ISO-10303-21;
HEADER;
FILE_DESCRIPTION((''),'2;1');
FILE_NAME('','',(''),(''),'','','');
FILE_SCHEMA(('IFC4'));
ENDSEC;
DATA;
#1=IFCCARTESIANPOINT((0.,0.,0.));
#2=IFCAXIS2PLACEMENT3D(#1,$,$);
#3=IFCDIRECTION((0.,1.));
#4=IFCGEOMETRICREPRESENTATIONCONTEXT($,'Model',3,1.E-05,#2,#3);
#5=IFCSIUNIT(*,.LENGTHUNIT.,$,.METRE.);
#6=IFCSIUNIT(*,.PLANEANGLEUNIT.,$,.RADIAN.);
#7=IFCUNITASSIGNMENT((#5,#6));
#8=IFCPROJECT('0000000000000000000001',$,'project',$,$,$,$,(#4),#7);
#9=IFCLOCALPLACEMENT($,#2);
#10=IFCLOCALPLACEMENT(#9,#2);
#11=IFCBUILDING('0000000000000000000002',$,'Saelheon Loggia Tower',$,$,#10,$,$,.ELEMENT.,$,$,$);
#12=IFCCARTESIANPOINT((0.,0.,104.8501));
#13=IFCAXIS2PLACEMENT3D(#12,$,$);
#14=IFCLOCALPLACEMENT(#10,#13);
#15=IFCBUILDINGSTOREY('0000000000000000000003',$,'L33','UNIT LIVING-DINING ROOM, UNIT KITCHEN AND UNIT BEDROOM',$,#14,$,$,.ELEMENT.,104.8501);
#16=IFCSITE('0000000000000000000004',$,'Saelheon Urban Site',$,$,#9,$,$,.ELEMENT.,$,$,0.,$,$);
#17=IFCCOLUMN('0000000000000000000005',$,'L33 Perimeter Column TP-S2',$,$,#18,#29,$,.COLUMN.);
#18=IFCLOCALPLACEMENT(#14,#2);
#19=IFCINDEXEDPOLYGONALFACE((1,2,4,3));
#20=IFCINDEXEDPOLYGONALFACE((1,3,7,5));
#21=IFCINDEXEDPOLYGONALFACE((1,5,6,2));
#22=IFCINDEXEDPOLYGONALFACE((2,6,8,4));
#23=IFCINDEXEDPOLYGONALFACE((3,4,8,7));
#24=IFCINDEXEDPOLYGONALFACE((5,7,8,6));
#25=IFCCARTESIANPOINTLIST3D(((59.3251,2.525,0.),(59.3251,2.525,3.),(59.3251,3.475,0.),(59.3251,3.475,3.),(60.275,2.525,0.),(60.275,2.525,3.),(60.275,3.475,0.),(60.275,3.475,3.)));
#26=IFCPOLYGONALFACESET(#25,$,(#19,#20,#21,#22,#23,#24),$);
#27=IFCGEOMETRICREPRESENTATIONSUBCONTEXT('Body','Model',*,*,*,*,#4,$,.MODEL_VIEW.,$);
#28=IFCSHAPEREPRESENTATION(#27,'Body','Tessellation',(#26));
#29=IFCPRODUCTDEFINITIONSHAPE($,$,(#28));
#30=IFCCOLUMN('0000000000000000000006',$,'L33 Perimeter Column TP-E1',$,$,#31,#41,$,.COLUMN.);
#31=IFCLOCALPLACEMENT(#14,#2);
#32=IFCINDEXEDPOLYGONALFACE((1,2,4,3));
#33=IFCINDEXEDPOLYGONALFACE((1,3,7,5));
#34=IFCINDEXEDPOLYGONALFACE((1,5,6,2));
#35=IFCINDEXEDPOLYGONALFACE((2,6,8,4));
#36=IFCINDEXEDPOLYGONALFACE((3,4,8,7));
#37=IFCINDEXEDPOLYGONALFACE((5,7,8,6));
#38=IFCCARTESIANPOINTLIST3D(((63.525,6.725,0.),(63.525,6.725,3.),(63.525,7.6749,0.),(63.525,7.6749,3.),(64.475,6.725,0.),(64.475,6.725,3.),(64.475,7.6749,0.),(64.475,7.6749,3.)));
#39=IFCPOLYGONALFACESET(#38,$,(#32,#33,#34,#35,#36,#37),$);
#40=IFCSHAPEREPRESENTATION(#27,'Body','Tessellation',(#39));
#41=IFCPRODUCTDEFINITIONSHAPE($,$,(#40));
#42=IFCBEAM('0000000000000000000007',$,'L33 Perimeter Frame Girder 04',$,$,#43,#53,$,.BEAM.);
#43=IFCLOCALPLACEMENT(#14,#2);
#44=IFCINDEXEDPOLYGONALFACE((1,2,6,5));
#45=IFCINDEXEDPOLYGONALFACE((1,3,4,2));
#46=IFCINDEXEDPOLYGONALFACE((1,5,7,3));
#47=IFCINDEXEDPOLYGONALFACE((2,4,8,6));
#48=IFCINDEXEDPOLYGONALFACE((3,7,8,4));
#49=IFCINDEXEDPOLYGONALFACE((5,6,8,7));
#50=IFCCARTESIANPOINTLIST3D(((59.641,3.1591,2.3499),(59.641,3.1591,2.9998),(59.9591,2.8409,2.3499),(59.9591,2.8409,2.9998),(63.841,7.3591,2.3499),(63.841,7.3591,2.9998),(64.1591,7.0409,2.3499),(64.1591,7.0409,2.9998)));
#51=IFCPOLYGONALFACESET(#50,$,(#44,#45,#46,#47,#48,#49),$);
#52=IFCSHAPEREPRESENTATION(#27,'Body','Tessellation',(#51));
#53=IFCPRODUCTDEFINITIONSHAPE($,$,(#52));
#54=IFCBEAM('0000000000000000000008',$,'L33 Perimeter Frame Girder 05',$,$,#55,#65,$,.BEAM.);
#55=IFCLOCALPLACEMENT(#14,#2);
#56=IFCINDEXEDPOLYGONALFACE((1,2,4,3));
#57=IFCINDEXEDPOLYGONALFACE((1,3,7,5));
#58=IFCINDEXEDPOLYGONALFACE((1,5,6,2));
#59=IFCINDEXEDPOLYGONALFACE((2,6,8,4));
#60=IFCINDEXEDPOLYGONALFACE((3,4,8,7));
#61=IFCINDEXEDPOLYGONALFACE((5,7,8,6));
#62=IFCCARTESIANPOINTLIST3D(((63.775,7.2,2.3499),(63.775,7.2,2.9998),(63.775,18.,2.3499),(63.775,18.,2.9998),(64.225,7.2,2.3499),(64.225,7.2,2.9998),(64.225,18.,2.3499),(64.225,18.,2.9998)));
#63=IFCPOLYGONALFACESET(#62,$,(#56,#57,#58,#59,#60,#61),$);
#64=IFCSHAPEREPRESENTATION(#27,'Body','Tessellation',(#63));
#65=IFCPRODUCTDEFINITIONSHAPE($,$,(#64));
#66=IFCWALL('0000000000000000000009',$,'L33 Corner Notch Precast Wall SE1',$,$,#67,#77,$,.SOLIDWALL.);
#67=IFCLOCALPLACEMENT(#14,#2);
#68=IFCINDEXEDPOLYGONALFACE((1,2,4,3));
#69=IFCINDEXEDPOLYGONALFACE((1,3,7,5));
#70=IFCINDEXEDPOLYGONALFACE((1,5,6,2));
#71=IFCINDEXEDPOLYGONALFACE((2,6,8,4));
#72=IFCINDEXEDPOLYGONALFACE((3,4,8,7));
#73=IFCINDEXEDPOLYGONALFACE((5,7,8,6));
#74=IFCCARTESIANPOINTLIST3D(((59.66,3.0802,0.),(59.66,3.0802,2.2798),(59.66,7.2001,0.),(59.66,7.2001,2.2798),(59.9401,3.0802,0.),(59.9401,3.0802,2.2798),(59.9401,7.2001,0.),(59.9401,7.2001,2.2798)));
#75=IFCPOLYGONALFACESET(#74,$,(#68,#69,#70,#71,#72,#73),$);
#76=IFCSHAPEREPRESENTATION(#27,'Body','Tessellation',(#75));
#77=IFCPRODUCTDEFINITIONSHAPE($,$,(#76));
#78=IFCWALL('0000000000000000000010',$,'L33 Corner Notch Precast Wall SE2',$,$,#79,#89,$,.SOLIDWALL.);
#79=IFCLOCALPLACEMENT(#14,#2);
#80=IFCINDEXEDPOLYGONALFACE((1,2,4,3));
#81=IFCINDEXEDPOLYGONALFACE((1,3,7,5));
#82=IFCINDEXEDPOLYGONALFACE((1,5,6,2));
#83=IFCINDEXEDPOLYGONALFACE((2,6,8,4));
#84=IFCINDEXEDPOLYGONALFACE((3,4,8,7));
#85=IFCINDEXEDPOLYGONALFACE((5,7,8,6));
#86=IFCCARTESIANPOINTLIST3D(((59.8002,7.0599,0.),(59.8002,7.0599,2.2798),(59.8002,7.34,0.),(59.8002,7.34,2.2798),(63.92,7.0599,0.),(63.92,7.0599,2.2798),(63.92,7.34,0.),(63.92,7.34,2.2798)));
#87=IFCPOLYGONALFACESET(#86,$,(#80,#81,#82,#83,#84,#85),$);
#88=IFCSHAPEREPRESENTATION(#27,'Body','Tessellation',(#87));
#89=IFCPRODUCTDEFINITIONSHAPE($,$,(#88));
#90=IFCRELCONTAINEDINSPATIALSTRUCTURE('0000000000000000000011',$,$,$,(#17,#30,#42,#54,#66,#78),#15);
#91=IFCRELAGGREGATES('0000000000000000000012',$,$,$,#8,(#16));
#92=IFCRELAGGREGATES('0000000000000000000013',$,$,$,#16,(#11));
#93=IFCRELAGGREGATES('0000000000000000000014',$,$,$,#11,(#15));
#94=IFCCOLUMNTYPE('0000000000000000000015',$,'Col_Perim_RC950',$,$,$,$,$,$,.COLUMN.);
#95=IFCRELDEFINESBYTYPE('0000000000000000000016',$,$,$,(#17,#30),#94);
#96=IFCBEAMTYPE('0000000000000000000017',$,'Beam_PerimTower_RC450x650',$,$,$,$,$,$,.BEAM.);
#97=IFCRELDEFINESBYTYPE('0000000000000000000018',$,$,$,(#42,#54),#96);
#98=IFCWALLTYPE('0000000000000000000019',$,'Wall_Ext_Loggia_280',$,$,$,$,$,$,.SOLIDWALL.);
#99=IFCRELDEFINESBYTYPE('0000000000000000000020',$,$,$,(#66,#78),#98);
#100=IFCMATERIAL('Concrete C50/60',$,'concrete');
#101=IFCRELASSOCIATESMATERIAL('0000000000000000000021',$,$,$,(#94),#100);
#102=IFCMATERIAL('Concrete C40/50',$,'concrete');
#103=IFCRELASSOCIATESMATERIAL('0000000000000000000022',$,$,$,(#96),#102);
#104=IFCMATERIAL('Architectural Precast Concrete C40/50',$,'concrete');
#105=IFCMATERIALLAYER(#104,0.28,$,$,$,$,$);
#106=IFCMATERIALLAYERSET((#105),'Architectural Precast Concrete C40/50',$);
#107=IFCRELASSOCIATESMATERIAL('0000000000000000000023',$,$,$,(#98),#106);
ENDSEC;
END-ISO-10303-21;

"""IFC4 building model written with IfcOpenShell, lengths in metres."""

from ifc_helpers import new_model, si_unit, direction, frame, frame_2d, origin, origin_2d, place, context, subcontext, project, spatial, rectangle, extrude, source, transform, mapped, material, layer, layer_set, material_profile, profile_set, type_object, element, save


model = new_model("IFC4")

# Units and contexts
model_context = context("Model", 3, precision=1e-05, world=origin(), true_north=direction((0.0, 1.0)))
body_context = subcontext(model_context, "Body", "Model", "MODEL_VIEW")
ifc_project = project(units=[si_unit("LENGTHUNIT", "METRE"), si_unit("PLANEANGLEUNIT", "RADIAN")], contexts=[model_context])

# Site, building, storey
site_placement = place(None, origin())
site = spatial("IfcSite", under=ifc_project, at=site_placement, Name="Saelheon Urban Site", CompositionType="ELEMENT", RefElevation=0.0)
building_placement = place(site_placement, origin())
building = spatial("IfcBuilding", under=site, at=building_placement, Name="Saelheon Loggia Tower", CompositionType="ELEMENT")
storey_placement = place(building_placement, frame((0.0, 0.0, 104.8501)))
storey = spatial("IfcBuildingStorey", under=building, at=storey_placement, Name="L33", Description="UNIT LIVING-DINING ROOM, UNIT KITCHEN AND UNIT BEDROOM", CompositionType="ELEMENT", Elevation=104.8501)

# Columns
ifc_material_1 = material(Name="Concrete C50/60", Category="concrete")
ifc_material_profile_1 = material_profile(ifc_material_1, rectangle(XDim=0.95, YDim=0.95, at=origin_2d()), Name="RC-950x950")
ifc_profile_set_1 = profile_set([ifc_material_profile_1], Name="Concrete C50/60")
column_type = type_object("IfcColumnType", Name="Col_Perim_RC950", PredefinedType="COLUMN", material=ifc_profile_set_1)
shared_shape_1 = source(origin(), body_context, "Body", "SweptSolid", [
    extrude(rectangle(XDim=0.95, YDim=0.95, at=origin_2d()), origin(), (0.0, 0.0, 1.0), 3.0),
])
for number, where, z_axis, x_axis, name in (
    (1, (59.8, 3.0, 0.0), (0.0, 0.0, 1.0), (1.0, 0.0, 0.0), "L33 Perimeter Column TP-S2"),
    (2, (64.0, 7.2, 0.0), (0.0, 0.0, 1.0), (1.0, 0.0, 0.0), "L33 Perimeter Column TP-E1"),
):
    element("IfcColumn", number, at=place(storey_placement, frame(where, z_axis=z_axis, x_axis=x_axis)), inside=storey, type_object=column_type, Name=name, PredefinedType="COLUMN", context=body_context, shape_type="MappedRepresentation", body=[
        mapped(shared_shape_1, transform((0.0, 0.0, 0.0), scale=1.0)),
    ])

# Beams
ifc_material_2 = material(Name="Concrete C40/50", Category="concrete")
ifc_material_profile_2 = material_profile(ifc_material_2, rectangle(XDim=0.45, YDim=0.6499, at=origin_2d()), Name="RC-450x650")
ifc_profile_set_2 = profile_set([ifc_material_profile_2], Name="Concrete C40/50")
beam_type = type_object("IfcBeamType", Name="Beam_PerimTower_RC450x650", PredefinedType="BEAM", material=ifc_profile_set_2)
shared_shape_2 = source(origin(), body_context, "Body", "SweptSolid", [
    extrude(rectangle(XDim=0.45, YDim=0.6499, at=origin_2d()), origin(), (0.0, 0.0, 1.0), 5.9397),
])
beam_1_placement = place(storey_placement, frame((59.8, 3.0, 2.6748), z_axis=(0.707107, 0.707107, 0.0), x_axis=(-0.707107, 0.707107, 0.0)))
element("IfcBeam", 3, at=beam_1_placement, inside=storey, type_object=beam_type, Name="L33 Perimeter Frame Girder 04", PredefinedType="BEAM", context=body_context, shape_type="MappedRepresentation", body=[
    mapped(shared_shape_2, transform((0.0, 0.0, 0.0), scale=1.0)),
])
shared_shape_3 = source(origin(), body_context, "Body", "SweptSolid", [
    extrude(rectangle(XDim=0.45, YDim=0.6499, at=origin_2d()), origin(), (0.0, 0.0, 1.0), 10.8),
])
beam_2_placement = place(storey_placement, frame((64.0, 7.2, 2.6748), z_axis=(0.0, 1.0, 0.0), x_axis=(-1.0, 0.0, 0.0)))
element("IfcBeam", 4, at=beam_2_placement, inside=storey, type_object=beam_type, Name="L33 Perimeter Frame Girder 05", PredefinedType="BEAM", context=body_context, shape_type="MappedRepresentation", body=[
    mapped(shared_shape_3, transform((0.0, 0.0, 0.0), scale=1.0)),
])

# Shared definitions
ifc_material_3 = material(Name="Architectural Precast Concrete C40/50", Category="concrete")
ifc_layer = layer(ifc_material_3, 0.28)
ifc_layer_set = layer_set([ifc_layer], Name="Architectural Precast Concrete C40/50")
wall_type = type_object("IfcWallType", Name="Wall_Ext_Loggia_280", PredefinedType="SOLIDWALL", material=ifc_layer_set)

# Walls
for number, where, z_axis, x_axis, name in (
    (5, (59.8, 3.0801, 0.0), (0.0, 0.0, 1.0), (0.0, 1.0, 0.0), "L33 Corner Notch Precast Wall SE1"),
    (6, (59.8, 7.2, 0.0), (0.0, 0.0, 1.0), (1.0, 0.0, 0.0), "L33 Corner Notch Precast Wall SE2"),
):
    element("IfcWall", number, at=place(storey_placement, frame(where, z_axis=z_axis, x_axis=x_axis)), inside=storey, type_object=wall_type, Name=name, PredefinedType="SOLIDWALL", context=body_context, shape_type="SweptSolid", body=[
        extrude(rectangle(XDim=4.1199, YDim=0.28, at=frame_2d((2.0601, 0.0))), origin(), (0.0, 0.0, 1.0), 2.2798),
    ])

save(model, "model.ifc")
